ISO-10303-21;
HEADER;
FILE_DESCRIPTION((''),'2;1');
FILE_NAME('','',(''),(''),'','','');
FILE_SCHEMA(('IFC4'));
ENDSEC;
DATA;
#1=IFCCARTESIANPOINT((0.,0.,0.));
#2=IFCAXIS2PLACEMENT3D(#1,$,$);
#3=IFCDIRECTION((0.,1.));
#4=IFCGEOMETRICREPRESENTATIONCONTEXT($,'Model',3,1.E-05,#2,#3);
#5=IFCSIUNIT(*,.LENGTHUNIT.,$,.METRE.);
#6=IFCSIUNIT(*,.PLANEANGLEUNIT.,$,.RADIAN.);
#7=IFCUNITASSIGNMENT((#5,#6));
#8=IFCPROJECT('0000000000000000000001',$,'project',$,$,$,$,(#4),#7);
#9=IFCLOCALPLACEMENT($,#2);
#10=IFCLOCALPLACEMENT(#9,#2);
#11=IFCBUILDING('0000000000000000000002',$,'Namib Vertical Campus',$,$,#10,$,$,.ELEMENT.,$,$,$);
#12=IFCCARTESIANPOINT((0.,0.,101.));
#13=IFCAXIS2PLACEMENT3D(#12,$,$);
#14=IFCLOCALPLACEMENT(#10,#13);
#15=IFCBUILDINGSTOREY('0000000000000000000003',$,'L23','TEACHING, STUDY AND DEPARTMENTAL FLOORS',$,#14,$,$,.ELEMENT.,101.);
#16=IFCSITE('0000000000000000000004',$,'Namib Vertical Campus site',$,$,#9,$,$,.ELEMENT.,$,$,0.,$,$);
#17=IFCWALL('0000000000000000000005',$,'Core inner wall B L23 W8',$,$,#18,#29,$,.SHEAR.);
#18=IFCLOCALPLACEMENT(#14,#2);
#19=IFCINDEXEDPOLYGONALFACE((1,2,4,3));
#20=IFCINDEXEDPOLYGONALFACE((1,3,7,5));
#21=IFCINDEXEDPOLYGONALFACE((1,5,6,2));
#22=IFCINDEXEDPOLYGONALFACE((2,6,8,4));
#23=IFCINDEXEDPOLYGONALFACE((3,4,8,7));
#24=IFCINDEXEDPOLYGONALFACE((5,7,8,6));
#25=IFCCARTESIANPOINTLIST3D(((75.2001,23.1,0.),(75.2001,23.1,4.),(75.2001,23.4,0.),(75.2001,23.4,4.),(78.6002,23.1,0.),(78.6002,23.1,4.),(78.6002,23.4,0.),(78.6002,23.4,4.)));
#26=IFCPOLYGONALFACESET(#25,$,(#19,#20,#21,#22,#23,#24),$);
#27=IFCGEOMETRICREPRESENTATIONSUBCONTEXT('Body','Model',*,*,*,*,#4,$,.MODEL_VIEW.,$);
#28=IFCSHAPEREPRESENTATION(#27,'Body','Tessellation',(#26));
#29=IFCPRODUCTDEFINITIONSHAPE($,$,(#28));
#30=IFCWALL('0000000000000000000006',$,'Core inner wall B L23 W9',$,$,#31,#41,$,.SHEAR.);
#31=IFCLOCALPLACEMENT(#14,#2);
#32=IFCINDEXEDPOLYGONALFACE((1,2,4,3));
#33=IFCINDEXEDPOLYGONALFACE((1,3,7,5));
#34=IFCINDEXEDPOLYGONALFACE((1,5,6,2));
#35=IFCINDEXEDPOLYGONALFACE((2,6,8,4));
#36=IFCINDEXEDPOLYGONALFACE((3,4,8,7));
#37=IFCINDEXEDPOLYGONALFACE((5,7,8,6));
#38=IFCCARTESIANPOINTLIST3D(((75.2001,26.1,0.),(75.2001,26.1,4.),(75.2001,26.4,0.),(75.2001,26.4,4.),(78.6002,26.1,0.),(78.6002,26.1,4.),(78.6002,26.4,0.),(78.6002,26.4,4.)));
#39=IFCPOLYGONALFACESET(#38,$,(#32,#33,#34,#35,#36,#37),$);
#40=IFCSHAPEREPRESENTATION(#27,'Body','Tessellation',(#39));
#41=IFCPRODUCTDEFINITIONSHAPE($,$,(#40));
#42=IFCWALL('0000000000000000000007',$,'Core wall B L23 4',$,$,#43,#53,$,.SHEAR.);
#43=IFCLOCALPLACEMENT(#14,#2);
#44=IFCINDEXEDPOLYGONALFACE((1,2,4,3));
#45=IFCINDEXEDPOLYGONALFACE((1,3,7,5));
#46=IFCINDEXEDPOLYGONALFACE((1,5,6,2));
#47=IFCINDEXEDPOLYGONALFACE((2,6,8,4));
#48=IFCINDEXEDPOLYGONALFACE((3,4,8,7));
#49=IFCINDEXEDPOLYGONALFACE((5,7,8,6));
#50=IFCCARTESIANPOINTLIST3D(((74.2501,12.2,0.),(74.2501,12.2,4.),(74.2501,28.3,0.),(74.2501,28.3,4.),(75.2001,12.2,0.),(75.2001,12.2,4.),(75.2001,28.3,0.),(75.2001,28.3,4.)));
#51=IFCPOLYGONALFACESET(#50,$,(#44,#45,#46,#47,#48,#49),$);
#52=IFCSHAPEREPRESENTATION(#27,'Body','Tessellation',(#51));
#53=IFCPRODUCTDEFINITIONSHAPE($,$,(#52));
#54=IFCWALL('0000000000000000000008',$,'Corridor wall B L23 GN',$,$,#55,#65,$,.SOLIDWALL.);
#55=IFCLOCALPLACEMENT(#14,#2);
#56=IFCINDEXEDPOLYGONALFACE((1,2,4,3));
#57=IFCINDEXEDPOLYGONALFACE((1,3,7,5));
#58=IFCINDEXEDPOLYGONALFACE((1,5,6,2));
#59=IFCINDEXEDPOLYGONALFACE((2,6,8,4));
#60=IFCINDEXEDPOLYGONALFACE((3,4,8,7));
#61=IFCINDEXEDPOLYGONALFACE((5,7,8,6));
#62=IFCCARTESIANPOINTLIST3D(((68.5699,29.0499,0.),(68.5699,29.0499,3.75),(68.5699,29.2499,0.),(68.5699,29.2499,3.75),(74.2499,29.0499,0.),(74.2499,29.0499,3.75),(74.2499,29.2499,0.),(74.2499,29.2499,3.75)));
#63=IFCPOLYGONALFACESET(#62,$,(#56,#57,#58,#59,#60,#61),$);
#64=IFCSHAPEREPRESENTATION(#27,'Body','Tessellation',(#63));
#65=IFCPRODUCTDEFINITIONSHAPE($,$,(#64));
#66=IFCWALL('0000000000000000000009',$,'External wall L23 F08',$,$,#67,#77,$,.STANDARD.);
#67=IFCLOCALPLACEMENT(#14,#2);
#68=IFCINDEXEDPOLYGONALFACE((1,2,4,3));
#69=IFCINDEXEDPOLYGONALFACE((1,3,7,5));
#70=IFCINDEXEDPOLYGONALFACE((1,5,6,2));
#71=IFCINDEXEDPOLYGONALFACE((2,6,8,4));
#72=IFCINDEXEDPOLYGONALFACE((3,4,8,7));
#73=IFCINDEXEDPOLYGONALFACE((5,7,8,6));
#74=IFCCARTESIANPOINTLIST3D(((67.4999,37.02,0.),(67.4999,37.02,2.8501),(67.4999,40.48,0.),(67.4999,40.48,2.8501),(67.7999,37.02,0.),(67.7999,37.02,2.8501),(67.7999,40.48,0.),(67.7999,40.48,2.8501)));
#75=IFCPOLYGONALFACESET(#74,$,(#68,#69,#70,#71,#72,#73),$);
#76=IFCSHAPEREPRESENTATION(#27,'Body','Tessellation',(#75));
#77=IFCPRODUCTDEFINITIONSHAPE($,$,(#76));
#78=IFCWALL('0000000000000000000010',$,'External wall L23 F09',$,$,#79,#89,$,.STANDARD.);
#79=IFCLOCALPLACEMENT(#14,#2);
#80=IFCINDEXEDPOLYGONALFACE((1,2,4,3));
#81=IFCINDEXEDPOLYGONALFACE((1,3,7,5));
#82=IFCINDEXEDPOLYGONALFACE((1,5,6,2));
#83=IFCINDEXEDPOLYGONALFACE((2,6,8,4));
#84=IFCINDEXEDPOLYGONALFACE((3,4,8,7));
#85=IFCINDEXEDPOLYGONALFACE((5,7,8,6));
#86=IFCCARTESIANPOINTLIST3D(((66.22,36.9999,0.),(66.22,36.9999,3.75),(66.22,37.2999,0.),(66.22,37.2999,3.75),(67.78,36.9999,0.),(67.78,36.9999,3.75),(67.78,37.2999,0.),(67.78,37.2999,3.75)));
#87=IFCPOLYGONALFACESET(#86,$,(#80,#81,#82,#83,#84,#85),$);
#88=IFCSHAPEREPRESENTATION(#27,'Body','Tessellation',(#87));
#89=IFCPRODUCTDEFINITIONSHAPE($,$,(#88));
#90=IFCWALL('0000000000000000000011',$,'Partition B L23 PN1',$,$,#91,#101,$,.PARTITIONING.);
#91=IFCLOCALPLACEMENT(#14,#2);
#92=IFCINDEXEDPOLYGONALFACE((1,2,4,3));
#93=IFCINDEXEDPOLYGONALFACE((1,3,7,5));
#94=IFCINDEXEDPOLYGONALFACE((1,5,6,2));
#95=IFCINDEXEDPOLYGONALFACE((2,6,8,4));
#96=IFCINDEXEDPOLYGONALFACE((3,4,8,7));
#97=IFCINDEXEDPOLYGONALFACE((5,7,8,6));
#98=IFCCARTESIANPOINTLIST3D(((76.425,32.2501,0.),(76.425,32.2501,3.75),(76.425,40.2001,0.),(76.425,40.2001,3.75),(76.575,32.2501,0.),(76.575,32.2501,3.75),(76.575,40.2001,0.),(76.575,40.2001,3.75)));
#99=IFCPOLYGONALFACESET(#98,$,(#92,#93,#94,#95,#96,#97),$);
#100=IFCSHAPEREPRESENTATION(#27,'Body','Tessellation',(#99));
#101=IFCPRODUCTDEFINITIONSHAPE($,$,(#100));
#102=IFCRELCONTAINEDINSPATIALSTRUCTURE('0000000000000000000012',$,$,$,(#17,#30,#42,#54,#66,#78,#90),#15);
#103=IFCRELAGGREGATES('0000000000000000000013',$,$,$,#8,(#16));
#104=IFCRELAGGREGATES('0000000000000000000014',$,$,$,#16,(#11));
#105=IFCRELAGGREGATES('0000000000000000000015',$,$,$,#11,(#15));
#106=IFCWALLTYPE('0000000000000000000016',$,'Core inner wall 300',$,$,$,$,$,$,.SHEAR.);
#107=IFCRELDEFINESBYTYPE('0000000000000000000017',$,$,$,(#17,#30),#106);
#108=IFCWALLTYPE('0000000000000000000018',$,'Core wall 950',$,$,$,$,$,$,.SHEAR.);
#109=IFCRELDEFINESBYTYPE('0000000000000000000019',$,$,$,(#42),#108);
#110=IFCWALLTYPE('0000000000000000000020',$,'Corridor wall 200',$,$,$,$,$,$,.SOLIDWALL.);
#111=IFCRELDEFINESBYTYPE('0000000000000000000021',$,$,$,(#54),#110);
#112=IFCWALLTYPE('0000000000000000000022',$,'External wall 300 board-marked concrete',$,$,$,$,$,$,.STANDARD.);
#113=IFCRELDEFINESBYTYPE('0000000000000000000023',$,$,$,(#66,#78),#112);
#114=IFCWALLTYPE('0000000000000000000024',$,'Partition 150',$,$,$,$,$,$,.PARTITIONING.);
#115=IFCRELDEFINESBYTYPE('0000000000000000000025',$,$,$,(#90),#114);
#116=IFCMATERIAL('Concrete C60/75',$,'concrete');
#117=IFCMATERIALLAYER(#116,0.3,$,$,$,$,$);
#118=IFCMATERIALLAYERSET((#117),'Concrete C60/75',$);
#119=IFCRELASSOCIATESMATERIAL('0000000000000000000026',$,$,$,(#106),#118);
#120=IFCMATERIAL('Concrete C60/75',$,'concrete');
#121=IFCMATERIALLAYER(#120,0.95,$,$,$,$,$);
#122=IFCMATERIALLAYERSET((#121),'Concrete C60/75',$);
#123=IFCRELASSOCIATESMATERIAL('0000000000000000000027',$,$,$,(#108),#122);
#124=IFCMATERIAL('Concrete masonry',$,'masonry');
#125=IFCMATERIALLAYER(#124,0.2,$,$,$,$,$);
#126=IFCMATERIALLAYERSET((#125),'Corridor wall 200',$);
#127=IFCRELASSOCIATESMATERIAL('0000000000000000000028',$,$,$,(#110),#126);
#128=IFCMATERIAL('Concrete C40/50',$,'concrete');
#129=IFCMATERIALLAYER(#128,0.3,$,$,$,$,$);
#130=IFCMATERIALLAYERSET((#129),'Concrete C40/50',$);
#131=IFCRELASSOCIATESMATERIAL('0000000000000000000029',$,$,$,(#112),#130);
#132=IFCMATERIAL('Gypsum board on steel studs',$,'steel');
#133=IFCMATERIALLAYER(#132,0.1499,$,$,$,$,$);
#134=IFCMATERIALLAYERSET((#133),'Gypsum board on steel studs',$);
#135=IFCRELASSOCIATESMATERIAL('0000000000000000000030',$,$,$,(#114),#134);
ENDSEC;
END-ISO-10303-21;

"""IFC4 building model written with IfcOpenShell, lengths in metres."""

from ifc_helpers import new_model, si_unit, direction, frame, frame_2d, origin, place, context, subcontext, project, spatial, rectangle, extrude, material, layer, layer_set, type_object, element, save


model = new_model("IFC4")

# Units and contexts
model_context = context("Model", 3, precision=1e-05, world=origin(), true_north=direction((0.0, 1.0)))
body_context = subcontext(model_context, "Body", "Model", "MODEL_VIEW")
ifc_project = project(units=[si_unit("LENGTHUNIT", "METRE"), si_unit("PLANEANGLEUNIT", "RADIAN")], contexts=[model_context])

# Site, building, storey
site_placement = place(None, origin())
site = spatial("IfcSite", under=ifc_project, at=site_placement, Name="Namib Vertical Campus site", CompositionType="ELEMENT", RefElevation=0.0)
building_placement = place(site_placement, origin())
building = spatial("IfcBuilding", under=site, at=building_placement, Name="Namib Vertical Campus", CompositionType="ELEMENT")
storey_placement = place(building_placement, frame((0.0, 0.0, 101.0)))
storey = spatial("IfcBuildingStorey", under=building, at=storey_placement, Name="L23", Description="TEACHING, STUDY AND DEPARTMENTAL FLOORS", CompositionType="ELEMENT", Elevation=101.0)

# Walls
ifc_material_1 = material(Name="Concrete C60/75", Category="concrete")
ifc_layer_1 = layer(ifc_material_1, 0.3)
ifc_layer_set_1 = layer_set([ifc_layer_1], Name="Concrete C60/75")
wall_type_1 = type_object("IfcWallType", Name="Core inner wall 300", PredefinedType="SHEAR", material=ifc_layer_set_1)
for number, where, z_axis, x_axis, name in (
    (1, (75.2, 23.25, 0.0), (0.0, 0.0, 1.0), (1.0, 0.0, 0.0), "Core inner wall B L23 W8"),
    (2, (75.2, 26.25, 0.0), (0.0, 0.0, 1.0), (1.0, 0.0, 0.0), "Core inner wall B L23 W9"),
):
    element("IfcWall", number, at=place(storey_placement, frame(where, z_axis=z_axis, x_axis=x_axis)), inside=storey, type_object=wall_type_1, Name=name, PredefinedType="SHEAR", context=body_context, shape_type="SweptSolid", body=[
        extrude(rectangle(XDim=3.4001, YDim=0.3, at=frame_2d((1.7002, 0.0))), origin(), (0.0, 0.0, 1.0), 4.0),
    ])
ifc_material_2 = material(Name="Concrete C60/75", Category="concrete")
ifc_layer_2 = layer(ifc_material_2, 0.95)
ifc_layer_set_2 = layer_set([ifc_layer_2], Name="Concrete C60/75")
wall_type_2 = type_object("IfcWallType", Name="Core wall 950", PredefinedType="SHEAR", material=ifc_layer_set_2)
wall_1_placement = place(storey_placement, frame((74.7251, 28.3, 0.0), z_axis=(0.0, 0.0, 1.0), x_axis=(0.0, -1.0, 0.0)))
element("IfcWall", 3, at=wall_1_placement, inside=storey, type_object=wall_type_2, Name="Core wall B L23 4", PredefinedType="SHEAR", context=body_context, shape_type="SweptSolid", body=[
    extrude(rectangle(XDim=16.1001, YDim=0.95, at=frame_2d((8.05, 0.0))), origin(), (0.0, 0.0, 1.0), 4.0),
])
ifc_material_3 = material(Name="Concrete masonry", Category="masonry")
ifc_layer_3 = layer(ifc_material_3, 0.2)
ifc_layer_set_3 = layer_set([ifc_layer_3], Name="Corridor wall 200")
wall_type_3 = type_object("IfcWallType", Name="Corridor wall 200", PredefinedType="SOLIDWALL", material=ifc_layer_set_3)
wall_2_placement = place(storey_placement, frame((68.5701, 29.1499, 0.0), z_axis=(0.0, 0.0, 1.0), x_axis=(1.0, 0.0, 0.0)))
element("IfcWall", 4, at=wall_2_placement, inside=storey, type_object=wall_type_3, Name="Corridor wall B L23 GN", PredefinedType="SOLIDWALL", context=body_context, shape_type="SweptSolid", body=[
    extrude(rectangle(XDim=5.6799, YDim=0.2, at=frame_2d((2.8398, 0.0))), origin(), (0.0, 0.0, 1.0), 3.75),
])
ifc_material_4 = material(Name="Concrete C40/50", Category="concrete")
ifc_layer_4 = layer(ifc_material_4, 0.3)
ifc_layer_set_4 = layer_set([ifc_layer_4], Name="Concrete C40/50")
wall_type_4 = type_object("IfcWallType", Name="External wall 300 board-marked concrete", PredefinedType="STANDARD", material=ifc_layer_set_4)
wall_3_placement = place(storey_placement, frame((67.6499, 40.48, 0.0), z_axis=(0.0, 0.0, 1.0), x_axis=(0.0, -1.0, 0.0)))
element("IfcWall", 5, at=wall_3_placement, inside=storey, type_object=wall_type_4, Name="External wall L23 F08", PredefinedType="STANDARD", context=body_context, shape_type="SweptSolid", body=[
    extrude(rectangle(XDim=3.46, YDim=0.3, at=frame_2d((1.73, 0.0))), origin(), (0.0, 0.0, 1.0), 2.8501),
])
wall_4_placement = place(storey_placement, frame((67.78, 37.1499, 0.0), z_axis=(0.0, 0.0, 1.0), x_axis=(-1.0, 0.0, 0.0)))
element("IfcWall", 6, at=wall_4_placement, inside=storey, type_object=wall_type_4, Name="External wall L23 F09", PredefinedType="STANDARD", context=body_context, shape_type="SweptSolid", body=[
    extrude(rectangle(XDim=1.5601, YDim=0.3, at=frame_2d((0.78, 0.0))), origin(), (0.0, 0.0, 1.0), 3.75),
])
ifc_material_5 = material(Name="Gypsum board on steel studs", Category="steel")
ifc_layer_5 = layer(ifc_material_5, 0.1499)
ifc_layer_set_5 = layer_set([ifc_layer_5], Name="Gypsum board on steel studs")
wall_type_5 = type_object("IfcWallType", Name="Partition 150", PredefinedType="PARTITIONING", material=ifc_layer_set_5)
wall_5_placement = place(storey_placement, frame((76.5, 32.25, 0.0), z_axis=(0.0, 0.0, 1.0), x_axis=(0.0, 1.0, 0.0)))
element("IfcWall", 7, at=wall_5_placement, inside=storey, type_object=wall_type_5, Name="Partition B L23 PN1", PredefinedType="PARTITIONING", context=body_context, shape_type="SweptSolid", body=[
    extrude(rectangle(XDim=7.95, YDim=0.1499, at=frame_2d((3.9751, 0.0))), origin(), (0.0, 0.0, 1.0), 3.75),
])

save(model, "model.ifc")
